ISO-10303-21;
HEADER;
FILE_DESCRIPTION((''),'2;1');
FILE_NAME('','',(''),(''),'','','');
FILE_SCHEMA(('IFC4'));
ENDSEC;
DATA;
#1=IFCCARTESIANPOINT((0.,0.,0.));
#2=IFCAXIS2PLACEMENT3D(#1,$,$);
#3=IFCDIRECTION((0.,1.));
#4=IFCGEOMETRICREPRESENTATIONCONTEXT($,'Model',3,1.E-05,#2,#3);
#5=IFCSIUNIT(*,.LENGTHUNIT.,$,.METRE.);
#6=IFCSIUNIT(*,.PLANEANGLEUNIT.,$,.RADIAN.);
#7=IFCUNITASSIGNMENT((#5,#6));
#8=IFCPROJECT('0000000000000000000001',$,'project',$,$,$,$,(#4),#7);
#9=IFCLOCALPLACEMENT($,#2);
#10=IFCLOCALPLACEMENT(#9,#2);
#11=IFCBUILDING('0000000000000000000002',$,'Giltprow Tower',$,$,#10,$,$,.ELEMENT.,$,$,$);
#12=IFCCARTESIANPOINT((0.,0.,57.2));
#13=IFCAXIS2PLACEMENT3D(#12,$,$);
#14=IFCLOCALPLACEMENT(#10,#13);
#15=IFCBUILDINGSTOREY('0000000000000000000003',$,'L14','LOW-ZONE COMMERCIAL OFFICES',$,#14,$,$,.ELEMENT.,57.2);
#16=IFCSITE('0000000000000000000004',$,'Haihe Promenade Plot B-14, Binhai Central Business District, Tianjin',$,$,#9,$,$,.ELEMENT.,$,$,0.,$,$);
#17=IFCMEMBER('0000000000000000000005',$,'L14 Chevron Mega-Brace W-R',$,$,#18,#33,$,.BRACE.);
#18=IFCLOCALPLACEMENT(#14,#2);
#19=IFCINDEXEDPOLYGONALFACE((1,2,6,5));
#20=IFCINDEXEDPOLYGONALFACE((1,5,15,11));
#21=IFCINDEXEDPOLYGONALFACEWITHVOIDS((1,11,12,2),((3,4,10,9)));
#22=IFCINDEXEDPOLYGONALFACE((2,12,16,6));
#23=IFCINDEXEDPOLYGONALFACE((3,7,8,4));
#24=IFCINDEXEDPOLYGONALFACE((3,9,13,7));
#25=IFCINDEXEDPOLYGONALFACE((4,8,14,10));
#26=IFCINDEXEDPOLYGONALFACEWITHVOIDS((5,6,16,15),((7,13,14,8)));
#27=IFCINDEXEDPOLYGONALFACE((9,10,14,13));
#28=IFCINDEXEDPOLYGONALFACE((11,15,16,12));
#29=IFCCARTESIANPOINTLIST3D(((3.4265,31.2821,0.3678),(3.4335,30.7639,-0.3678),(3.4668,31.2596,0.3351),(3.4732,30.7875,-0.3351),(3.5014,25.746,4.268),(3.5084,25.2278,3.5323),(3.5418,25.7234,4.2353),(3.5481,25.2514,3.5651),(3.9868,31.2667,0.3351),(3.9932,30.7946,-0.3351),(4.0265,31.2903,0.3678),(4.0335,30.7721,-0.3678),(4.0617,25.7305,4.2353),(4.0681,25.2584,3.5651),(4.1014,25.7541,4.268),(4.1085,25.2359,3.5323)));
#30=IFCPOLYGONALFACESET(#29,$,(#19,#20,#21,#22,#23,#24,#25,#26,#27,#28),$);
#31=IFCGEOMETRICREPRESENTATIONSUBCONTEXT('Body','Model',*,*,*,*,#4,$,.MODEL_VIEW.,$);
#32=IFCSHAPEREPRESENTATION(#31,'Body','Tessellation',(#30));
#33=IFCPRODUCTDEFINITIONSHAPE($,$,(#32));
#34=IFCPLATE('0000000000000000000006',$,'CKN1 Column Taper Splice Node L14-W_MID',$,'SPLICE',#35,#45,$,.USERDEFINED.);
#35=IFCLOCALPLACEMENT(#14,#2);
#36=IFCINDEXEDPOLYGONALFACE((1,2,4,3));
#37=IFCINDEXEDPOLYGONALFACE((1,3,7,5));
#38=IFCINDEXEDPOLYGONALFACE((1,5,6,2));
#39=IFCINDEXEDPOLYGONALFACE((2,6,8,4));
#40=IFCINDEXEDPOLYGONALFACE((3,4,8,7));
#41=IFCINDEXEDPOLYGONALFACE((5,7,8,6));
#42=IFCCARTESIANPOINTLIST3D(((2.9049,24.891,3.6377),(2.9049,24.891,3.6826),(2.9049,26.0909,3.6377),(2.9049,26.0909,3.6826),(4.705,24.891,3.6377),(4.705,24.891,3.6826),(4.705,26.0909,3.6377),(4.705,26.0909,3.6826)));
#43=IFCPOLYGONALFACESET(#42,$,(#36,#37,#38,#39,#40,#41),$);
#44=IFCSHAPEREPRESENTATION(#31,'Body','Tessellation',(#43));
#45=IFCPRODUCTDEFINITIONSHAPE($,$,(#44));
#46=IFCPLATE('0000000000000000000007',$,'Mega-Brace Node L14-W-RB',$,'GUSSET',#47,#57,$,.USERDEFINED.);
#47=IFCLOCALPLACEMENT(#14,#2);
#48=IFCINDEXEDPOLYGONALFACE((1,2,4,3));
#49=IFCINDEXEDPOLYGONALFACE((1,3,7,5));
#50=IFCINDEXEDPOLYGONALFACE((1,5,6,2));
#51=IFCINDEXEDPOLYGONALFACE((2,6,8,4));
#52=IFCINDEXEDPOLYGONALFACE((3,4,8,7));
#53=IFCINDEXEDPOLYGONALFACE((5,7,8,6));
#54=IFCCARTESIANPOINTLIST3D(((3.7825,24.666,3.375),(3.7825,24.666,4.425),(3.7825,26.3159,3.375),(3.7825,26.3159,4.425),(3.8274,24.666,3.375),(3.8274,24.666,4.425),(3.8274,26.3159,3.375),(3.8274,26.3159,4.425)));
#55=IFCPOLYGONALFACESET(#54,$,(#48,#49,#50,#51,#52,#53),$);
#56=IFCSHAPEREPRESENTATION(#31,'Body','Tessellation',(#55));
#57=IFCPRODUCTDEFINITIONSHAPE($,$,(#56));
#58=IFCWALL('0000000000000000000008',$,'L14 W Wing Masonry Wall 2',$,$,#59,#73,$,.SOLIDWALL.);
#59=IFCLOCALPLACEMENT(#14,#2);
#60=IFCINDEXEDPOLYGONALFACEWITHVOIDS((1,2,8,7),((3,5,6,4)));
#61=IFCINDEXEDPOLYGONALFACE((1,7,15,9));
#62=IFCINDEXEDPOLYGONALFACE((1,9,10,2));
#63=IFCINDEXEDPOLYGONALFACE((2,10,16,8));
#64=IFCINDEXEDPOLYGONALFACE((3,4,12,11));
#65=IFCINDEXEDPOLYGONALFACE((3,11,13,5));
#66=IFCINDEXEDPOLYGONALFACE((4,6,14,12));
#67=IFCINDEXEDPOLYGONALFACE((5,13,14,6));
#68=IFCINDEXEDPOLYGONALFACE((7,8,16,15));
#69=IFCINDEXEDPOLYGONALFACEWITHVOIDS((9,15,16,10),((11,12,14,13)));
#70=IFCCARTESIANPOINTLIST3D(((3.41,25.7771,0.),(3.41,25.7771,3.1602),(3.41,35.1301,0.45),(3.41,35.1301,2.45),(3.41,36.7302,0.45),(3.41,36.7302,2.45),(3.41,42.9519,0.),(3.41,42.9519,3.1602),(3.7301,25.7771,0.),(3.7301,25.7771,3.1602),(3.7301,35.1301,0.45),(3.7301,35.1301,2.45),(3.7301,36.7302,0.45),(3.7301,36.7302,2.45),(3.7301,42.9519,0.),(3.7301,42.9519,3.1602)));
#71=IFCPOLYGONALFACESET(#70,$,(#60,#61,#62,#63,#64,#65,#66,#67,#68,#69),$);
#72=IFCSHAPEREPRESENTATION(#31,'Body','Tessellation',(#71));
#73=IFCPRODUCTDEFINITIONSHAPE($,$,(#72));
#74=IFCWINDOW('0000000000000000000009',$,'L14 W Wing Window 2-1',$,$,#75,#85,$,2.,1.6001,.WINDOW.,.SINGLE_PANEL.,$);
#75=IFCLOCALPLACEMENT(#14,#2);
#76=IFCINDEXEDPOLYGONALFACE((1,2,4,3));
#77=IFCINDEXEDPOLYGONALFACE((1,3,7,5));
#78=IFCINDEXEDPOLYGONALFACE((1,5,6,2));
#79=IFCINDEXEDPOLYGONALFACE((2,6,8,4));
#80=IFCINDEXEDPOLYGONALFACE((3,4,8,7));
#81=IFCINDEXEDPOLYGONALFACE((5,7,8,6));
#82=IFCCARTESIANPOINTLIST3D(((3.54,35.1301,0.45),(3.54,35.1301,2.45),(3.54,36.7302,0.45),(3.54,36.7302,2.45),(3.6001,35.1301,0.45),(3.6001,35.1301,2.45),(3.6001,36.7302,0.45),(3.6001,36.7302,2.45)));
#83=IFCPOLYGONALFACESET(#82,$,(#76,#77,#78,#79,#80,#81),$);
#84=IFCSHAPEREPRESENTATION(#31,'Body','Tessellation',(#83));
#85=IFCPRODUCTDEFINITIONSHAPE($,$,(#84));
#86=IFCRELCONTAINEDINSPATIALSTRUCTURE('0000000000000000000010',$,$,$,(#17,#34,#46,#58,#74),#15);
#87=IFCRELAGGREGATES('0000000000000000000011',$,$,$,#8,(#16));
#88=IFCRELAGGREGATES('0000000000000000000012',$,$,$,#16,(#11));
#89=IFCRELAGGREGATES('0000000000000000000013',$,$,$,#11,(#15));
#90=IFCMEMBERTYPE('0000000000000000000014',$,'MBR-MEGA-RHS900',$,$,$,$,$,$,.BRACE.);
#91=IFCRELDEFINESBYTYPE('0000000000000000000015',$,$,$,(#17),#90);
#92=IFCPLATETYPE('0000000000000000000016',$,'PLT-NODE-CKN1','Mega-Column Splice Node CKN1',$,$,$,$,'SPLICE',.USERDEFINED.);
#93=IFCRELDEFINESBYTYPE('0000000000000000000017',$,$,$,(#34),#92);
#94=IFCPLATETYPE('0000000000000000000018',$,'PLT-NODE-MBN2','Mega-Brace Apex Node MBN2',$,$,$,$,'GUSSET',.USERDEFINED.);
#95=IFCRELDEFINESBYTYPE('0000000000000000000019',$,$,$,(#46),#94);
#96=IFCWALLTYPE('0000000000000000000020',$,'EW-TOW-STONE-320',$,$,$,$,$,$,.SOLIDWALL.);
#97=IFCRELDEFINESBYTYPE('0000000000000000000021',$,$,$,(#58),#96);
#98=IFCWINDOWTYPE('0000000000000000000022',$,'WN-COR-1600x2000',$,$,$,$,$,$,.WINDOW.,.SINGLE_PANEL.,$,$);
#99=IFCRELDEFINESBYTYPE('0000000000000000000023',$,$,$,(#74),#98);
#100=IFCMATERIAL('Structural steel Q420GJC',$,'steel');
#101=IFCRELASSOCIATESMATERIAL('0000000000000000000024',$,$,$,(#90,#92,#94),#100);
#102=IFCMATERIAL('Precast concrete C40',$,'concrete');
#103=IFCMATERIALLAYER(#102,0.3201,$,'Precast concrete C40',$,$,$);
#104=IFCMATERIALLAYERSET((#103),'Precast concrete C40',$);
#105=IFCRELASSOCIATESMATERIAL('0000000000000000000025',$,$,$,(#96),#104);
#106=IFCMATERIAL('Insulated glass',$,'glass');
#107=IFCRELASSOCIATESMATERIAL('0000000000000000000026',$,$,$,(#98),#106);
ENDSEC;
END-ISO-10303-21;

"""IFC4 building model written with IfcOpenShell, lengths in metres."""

from ifc_helpers import new_model, si_unit, direction, frame, frame_2d, origin, origin_2d, place, context, subcontext, project, spatial, rectangle, hollow_rectangle, extrude, source, transform, mapped, material, layer, layer_set, material_profile, profile_set, type_object, element, fill, save


model = new_model("IFC4")

# Units and contexts
model_context = context("Model", 3, precision=1e-05, world=origin(), true_north=direction((0.0, 1.0)))
body_context = subcontext(model_context, "Body", "Model", "MODEL_VIEW")
ifc_project = project(units=[si_unit("LENGTHUNIT", "METRE"), si_unit("PLANEANGLEUNIT", "RADIAN")], contexts=[model_context])

# Site, building, storey
site_placement = place(None, origin())
site = spatial("IfcSite", under=ifc_project, at=site_placement, Name="Haihe Promenade Plot B-14, Binhai Central Business District, Tianjin", CompositionType="ELEMENT", RefElevation=0.0)
building_placement = place(site_placement, origin())
building = spatial("IfcBuilding", under=site, at=building_placement, Name="Giltprow Tower", CompositionType="ELEMENT")
storey_placement = place(building_placement, frame((0.0, 0.0, 57.2)))
storey = spatial("IfcBuildingStorey", under=building, at=storey_placement, Name="L14", Description="LOW-ZONE COMMERCIAL OFFICES", CompositionType="ELEMENT", Elevation=57.2)

# Shared definitions
ifc_material_1 = material(Name="Structural steel Q420GJC", Category="steel")

# Member
ifc_material_profile_1 = material_profile(ifc_material_1, hollow_rectangle(XDim=0.6001, YDim=0.8999, WallThickness=0.04, at=origin_2d()), Name="RHS 900x600x40")
ifc_profile_set_1 = profile_set([ifc_material_profile_1], Name="Structural steel Q420GJC")
member_type = type_object("IfcMemberType", Name="MBR-MEGA-RHS900", PredefinedType="BRACE", material=ifc_profile_set_1)
shared_shape_1 = source(origin(), body_context, "Body", "SweptSolid", [
    extrude(hollow_rectangle(XDim=0.6001, YDim=0.8999, WallThickness=0.04, at=origin_2d()), origin(), (0.0, 0.0, 1.0), 6.7725),
])
member_placement = place(storey_placement, frame((3.73, 31.0271, 0.0), z_axis=(0.011067, -0.817454, 0.575888), x_axis=(0.999908, 0.013537, 0.0)))
element("IfcMember", 1, at=member_placement, inside=storey, type_object=member_type, Name="L14 Chevron Mega-Brace W-R", PredefinedType="BRACE", context=body_context, shape_type="MappedRepresentation", body=[
    mapped(shared_shape_1, transform((0.0, 0.0, 0.0), x_axis=(1.0, 0.0, 0.0), y_axis=(0.0, 1.0, 0.0), z_axis=(0.0, 0.0, 1.0), scale=1.0)),
])

# Plates
plate_type_1 = type_object("IfcPlateType", Name="PLT-NODE-CKN1", Description="Mega-Column Splice Node CKN1", ElementType="SPLICE", PredefinedType="USERDEFINED", material=ifc_material_1)
shared_shape_2 = source(origin(), body_context, "Body", "SweptSolid", [
    extrude(rectangle(XDim=1.8, YDim=1.2, at=origin_2d()), origin(), (0.0, 0.0, 1.0), 0.0449),
])
plate_1_placement = place(storey_placement, frame((3.8049, 25.491, 3.6377), z_axis=(0.0, 0.0, 1.0), x_axis=(1.0, 0.0, 0.0)))
element("IfcPlate", 2, at=plate_1_placement, inside=storey, type_object=plate_type_1, Name="CKN1 Column Taper Splice Node L14-W_MID", ObjectType="SPLICE", PredefinedType="USERDEFINED", context=body_context, shape_type="MappedRepresentation", body=[
    mapped(shared_shape_2, transform((0.0, 0.0, 0.0), x_axis=(1.0, 0.0, 0.0), y_axis=(0.0, 1.0, 0.0), z_axis=(0.0, 0.0, 1.0), scale=1.0)),
])
plate_type_2 = type_object("IfcPlateType", Name="PLT-NODE-MBN2", Description="Mega-Brace Apex Node MBN2", ElementType="GUSSET", PredefinedType="USERDEFINED", material=ifc_material_1)
shared_shape_3 = source(origin(), body_context, "Body", "SweptSolid", [
    extrude(rectangle(XDim=1.6499, YDim=0.0449, at=origin_2d()), origin(), (0.0, 0.0, 1.0), 1.05),
])
plate_2_placement = place(storey_placement, frame((3.8049, 25.491, 3.375), z_axis=(0.0, 0.0, 1.0), x_axis=(0.0, 1.0, 0.0)))
element("IfcPlate", 3, at=plate_2_placement, inside=storey, type_object=plate_type_2, Name="Mega-Brace Node L14-W-RB", ObjectType="GUSSET", PredefinedType="USERDEFINED", context=body_context, shape_type="MappedRepresentation", body=[
    mapped(shared_shape_3, transform((0.0, 0.0, 0.0), x_axis=(1.0, 0.0, 0.0), y_axis=(0.0, 1.0, 0.0), z_axis=(0.0, 0.0, 1.0), scale=1.0)),
])

# Wall, opening, window
ifc_material_2 = material(Name="Precast concrete C40", Category="concrete")
ifc_layer_1 = layer(ifc_material_2, 0.3201, Name="Precast concrete C40")
ifc_layer_set_1 = layer_set([ifc_layer_1], Name="Precast concrete C40")
wall_type_1 = type_object("IfcWallType", Name="EW-TOW-STONE-320", PredefinedType="SOLIDWALL", material=ifc_layer_set_1)
wall_1_placement = place(storey_placement, frame((3.5701, 25.7771, 0.0), z_axis=(0.0, 0.0, 1.0), x_axis=(0.0, 1.0, 0.0)))
wall_1 = element("IfcWall", 4, at=wall_1_placement, inside=storey, type_object=wall_type_1, Name="L14 W Wing Masonry Wall 2", PredefinedType="SOLIDWALL", context=body_context, shape_type="SweptSolid", body=[
    extrude(rectangle(XDim=17.1748, YDim=0.3201, at=frame_2d((8.5874, 0.0))), origin(), (0.0, 0.0, 1.0), 3.1602),
])
opening_1_placement = place(wall_1_placement, frame((9.353, 0.0, 0.45)))
opening_1 = element("IfcOpeningElement", 5, at=opening_1_placement, cuts=wall_1, PredefinedType="OPENING", context=body_context, shape_type="SweptSolid", body=[
    extrude(rectangle(XDim=1.6001, YDim=2.0, at=frame_2d((0.8, 1.0))), frame((0.0, 0.1699, 0.0), z_axis=(0.0, -1.0, 0.0), x_axis=(1.0, 0.0, 0.0)), (0.0, 0.0, 1.0), 0.3401),
])
ifc_material_3 = material(Name="Insulated glass", Category="glass")
window_type = type_object("IfcWindowType", Name="WN-COR-1600x2000", PartitioningType="SINGLE_PANEL", PredefinedType="WINDOW", material=ifc_material_3)
shared_shape_4 = source(origin(), body_context, "Body", "SweptSolid", [
    extrude(rectangle(XDim=1.6001, YDim=2.0, at=frame_2d((0.8, 1.0))), frame((0.0, 0.03, 0.0), z_axis=(0.0, -1.0, 0.0), x_axis=(1.0, 0.0, 0.0)), (0.0, 0.0, 1.0), 0.0601),
])
window_placement = place(opening_1_placement, origin())
window = element("IfcWindow", 6, at=window_placement, inside=storey, type_object=window_type, Name="L14 W Wing Window 2-1", OverallHeight=2.0, OverallWidth=1.6001, PartitioningType="SINGLE_PANEL", PredefinedType="WINDOW", context=body_context, shape_type="MappedRepresentation", body=[
    mapped(shared_shape_4, transform((0.0, 0.0, 0.0), x_axis=(1.0, 0.0, 0.0), y_axis=(0.0, 1.0, 0.0), z_axis=(0.0, 0.0, 1.0), scale=1.0)),
])
fill(opening_1, window)

save(model, "model.ifc")
